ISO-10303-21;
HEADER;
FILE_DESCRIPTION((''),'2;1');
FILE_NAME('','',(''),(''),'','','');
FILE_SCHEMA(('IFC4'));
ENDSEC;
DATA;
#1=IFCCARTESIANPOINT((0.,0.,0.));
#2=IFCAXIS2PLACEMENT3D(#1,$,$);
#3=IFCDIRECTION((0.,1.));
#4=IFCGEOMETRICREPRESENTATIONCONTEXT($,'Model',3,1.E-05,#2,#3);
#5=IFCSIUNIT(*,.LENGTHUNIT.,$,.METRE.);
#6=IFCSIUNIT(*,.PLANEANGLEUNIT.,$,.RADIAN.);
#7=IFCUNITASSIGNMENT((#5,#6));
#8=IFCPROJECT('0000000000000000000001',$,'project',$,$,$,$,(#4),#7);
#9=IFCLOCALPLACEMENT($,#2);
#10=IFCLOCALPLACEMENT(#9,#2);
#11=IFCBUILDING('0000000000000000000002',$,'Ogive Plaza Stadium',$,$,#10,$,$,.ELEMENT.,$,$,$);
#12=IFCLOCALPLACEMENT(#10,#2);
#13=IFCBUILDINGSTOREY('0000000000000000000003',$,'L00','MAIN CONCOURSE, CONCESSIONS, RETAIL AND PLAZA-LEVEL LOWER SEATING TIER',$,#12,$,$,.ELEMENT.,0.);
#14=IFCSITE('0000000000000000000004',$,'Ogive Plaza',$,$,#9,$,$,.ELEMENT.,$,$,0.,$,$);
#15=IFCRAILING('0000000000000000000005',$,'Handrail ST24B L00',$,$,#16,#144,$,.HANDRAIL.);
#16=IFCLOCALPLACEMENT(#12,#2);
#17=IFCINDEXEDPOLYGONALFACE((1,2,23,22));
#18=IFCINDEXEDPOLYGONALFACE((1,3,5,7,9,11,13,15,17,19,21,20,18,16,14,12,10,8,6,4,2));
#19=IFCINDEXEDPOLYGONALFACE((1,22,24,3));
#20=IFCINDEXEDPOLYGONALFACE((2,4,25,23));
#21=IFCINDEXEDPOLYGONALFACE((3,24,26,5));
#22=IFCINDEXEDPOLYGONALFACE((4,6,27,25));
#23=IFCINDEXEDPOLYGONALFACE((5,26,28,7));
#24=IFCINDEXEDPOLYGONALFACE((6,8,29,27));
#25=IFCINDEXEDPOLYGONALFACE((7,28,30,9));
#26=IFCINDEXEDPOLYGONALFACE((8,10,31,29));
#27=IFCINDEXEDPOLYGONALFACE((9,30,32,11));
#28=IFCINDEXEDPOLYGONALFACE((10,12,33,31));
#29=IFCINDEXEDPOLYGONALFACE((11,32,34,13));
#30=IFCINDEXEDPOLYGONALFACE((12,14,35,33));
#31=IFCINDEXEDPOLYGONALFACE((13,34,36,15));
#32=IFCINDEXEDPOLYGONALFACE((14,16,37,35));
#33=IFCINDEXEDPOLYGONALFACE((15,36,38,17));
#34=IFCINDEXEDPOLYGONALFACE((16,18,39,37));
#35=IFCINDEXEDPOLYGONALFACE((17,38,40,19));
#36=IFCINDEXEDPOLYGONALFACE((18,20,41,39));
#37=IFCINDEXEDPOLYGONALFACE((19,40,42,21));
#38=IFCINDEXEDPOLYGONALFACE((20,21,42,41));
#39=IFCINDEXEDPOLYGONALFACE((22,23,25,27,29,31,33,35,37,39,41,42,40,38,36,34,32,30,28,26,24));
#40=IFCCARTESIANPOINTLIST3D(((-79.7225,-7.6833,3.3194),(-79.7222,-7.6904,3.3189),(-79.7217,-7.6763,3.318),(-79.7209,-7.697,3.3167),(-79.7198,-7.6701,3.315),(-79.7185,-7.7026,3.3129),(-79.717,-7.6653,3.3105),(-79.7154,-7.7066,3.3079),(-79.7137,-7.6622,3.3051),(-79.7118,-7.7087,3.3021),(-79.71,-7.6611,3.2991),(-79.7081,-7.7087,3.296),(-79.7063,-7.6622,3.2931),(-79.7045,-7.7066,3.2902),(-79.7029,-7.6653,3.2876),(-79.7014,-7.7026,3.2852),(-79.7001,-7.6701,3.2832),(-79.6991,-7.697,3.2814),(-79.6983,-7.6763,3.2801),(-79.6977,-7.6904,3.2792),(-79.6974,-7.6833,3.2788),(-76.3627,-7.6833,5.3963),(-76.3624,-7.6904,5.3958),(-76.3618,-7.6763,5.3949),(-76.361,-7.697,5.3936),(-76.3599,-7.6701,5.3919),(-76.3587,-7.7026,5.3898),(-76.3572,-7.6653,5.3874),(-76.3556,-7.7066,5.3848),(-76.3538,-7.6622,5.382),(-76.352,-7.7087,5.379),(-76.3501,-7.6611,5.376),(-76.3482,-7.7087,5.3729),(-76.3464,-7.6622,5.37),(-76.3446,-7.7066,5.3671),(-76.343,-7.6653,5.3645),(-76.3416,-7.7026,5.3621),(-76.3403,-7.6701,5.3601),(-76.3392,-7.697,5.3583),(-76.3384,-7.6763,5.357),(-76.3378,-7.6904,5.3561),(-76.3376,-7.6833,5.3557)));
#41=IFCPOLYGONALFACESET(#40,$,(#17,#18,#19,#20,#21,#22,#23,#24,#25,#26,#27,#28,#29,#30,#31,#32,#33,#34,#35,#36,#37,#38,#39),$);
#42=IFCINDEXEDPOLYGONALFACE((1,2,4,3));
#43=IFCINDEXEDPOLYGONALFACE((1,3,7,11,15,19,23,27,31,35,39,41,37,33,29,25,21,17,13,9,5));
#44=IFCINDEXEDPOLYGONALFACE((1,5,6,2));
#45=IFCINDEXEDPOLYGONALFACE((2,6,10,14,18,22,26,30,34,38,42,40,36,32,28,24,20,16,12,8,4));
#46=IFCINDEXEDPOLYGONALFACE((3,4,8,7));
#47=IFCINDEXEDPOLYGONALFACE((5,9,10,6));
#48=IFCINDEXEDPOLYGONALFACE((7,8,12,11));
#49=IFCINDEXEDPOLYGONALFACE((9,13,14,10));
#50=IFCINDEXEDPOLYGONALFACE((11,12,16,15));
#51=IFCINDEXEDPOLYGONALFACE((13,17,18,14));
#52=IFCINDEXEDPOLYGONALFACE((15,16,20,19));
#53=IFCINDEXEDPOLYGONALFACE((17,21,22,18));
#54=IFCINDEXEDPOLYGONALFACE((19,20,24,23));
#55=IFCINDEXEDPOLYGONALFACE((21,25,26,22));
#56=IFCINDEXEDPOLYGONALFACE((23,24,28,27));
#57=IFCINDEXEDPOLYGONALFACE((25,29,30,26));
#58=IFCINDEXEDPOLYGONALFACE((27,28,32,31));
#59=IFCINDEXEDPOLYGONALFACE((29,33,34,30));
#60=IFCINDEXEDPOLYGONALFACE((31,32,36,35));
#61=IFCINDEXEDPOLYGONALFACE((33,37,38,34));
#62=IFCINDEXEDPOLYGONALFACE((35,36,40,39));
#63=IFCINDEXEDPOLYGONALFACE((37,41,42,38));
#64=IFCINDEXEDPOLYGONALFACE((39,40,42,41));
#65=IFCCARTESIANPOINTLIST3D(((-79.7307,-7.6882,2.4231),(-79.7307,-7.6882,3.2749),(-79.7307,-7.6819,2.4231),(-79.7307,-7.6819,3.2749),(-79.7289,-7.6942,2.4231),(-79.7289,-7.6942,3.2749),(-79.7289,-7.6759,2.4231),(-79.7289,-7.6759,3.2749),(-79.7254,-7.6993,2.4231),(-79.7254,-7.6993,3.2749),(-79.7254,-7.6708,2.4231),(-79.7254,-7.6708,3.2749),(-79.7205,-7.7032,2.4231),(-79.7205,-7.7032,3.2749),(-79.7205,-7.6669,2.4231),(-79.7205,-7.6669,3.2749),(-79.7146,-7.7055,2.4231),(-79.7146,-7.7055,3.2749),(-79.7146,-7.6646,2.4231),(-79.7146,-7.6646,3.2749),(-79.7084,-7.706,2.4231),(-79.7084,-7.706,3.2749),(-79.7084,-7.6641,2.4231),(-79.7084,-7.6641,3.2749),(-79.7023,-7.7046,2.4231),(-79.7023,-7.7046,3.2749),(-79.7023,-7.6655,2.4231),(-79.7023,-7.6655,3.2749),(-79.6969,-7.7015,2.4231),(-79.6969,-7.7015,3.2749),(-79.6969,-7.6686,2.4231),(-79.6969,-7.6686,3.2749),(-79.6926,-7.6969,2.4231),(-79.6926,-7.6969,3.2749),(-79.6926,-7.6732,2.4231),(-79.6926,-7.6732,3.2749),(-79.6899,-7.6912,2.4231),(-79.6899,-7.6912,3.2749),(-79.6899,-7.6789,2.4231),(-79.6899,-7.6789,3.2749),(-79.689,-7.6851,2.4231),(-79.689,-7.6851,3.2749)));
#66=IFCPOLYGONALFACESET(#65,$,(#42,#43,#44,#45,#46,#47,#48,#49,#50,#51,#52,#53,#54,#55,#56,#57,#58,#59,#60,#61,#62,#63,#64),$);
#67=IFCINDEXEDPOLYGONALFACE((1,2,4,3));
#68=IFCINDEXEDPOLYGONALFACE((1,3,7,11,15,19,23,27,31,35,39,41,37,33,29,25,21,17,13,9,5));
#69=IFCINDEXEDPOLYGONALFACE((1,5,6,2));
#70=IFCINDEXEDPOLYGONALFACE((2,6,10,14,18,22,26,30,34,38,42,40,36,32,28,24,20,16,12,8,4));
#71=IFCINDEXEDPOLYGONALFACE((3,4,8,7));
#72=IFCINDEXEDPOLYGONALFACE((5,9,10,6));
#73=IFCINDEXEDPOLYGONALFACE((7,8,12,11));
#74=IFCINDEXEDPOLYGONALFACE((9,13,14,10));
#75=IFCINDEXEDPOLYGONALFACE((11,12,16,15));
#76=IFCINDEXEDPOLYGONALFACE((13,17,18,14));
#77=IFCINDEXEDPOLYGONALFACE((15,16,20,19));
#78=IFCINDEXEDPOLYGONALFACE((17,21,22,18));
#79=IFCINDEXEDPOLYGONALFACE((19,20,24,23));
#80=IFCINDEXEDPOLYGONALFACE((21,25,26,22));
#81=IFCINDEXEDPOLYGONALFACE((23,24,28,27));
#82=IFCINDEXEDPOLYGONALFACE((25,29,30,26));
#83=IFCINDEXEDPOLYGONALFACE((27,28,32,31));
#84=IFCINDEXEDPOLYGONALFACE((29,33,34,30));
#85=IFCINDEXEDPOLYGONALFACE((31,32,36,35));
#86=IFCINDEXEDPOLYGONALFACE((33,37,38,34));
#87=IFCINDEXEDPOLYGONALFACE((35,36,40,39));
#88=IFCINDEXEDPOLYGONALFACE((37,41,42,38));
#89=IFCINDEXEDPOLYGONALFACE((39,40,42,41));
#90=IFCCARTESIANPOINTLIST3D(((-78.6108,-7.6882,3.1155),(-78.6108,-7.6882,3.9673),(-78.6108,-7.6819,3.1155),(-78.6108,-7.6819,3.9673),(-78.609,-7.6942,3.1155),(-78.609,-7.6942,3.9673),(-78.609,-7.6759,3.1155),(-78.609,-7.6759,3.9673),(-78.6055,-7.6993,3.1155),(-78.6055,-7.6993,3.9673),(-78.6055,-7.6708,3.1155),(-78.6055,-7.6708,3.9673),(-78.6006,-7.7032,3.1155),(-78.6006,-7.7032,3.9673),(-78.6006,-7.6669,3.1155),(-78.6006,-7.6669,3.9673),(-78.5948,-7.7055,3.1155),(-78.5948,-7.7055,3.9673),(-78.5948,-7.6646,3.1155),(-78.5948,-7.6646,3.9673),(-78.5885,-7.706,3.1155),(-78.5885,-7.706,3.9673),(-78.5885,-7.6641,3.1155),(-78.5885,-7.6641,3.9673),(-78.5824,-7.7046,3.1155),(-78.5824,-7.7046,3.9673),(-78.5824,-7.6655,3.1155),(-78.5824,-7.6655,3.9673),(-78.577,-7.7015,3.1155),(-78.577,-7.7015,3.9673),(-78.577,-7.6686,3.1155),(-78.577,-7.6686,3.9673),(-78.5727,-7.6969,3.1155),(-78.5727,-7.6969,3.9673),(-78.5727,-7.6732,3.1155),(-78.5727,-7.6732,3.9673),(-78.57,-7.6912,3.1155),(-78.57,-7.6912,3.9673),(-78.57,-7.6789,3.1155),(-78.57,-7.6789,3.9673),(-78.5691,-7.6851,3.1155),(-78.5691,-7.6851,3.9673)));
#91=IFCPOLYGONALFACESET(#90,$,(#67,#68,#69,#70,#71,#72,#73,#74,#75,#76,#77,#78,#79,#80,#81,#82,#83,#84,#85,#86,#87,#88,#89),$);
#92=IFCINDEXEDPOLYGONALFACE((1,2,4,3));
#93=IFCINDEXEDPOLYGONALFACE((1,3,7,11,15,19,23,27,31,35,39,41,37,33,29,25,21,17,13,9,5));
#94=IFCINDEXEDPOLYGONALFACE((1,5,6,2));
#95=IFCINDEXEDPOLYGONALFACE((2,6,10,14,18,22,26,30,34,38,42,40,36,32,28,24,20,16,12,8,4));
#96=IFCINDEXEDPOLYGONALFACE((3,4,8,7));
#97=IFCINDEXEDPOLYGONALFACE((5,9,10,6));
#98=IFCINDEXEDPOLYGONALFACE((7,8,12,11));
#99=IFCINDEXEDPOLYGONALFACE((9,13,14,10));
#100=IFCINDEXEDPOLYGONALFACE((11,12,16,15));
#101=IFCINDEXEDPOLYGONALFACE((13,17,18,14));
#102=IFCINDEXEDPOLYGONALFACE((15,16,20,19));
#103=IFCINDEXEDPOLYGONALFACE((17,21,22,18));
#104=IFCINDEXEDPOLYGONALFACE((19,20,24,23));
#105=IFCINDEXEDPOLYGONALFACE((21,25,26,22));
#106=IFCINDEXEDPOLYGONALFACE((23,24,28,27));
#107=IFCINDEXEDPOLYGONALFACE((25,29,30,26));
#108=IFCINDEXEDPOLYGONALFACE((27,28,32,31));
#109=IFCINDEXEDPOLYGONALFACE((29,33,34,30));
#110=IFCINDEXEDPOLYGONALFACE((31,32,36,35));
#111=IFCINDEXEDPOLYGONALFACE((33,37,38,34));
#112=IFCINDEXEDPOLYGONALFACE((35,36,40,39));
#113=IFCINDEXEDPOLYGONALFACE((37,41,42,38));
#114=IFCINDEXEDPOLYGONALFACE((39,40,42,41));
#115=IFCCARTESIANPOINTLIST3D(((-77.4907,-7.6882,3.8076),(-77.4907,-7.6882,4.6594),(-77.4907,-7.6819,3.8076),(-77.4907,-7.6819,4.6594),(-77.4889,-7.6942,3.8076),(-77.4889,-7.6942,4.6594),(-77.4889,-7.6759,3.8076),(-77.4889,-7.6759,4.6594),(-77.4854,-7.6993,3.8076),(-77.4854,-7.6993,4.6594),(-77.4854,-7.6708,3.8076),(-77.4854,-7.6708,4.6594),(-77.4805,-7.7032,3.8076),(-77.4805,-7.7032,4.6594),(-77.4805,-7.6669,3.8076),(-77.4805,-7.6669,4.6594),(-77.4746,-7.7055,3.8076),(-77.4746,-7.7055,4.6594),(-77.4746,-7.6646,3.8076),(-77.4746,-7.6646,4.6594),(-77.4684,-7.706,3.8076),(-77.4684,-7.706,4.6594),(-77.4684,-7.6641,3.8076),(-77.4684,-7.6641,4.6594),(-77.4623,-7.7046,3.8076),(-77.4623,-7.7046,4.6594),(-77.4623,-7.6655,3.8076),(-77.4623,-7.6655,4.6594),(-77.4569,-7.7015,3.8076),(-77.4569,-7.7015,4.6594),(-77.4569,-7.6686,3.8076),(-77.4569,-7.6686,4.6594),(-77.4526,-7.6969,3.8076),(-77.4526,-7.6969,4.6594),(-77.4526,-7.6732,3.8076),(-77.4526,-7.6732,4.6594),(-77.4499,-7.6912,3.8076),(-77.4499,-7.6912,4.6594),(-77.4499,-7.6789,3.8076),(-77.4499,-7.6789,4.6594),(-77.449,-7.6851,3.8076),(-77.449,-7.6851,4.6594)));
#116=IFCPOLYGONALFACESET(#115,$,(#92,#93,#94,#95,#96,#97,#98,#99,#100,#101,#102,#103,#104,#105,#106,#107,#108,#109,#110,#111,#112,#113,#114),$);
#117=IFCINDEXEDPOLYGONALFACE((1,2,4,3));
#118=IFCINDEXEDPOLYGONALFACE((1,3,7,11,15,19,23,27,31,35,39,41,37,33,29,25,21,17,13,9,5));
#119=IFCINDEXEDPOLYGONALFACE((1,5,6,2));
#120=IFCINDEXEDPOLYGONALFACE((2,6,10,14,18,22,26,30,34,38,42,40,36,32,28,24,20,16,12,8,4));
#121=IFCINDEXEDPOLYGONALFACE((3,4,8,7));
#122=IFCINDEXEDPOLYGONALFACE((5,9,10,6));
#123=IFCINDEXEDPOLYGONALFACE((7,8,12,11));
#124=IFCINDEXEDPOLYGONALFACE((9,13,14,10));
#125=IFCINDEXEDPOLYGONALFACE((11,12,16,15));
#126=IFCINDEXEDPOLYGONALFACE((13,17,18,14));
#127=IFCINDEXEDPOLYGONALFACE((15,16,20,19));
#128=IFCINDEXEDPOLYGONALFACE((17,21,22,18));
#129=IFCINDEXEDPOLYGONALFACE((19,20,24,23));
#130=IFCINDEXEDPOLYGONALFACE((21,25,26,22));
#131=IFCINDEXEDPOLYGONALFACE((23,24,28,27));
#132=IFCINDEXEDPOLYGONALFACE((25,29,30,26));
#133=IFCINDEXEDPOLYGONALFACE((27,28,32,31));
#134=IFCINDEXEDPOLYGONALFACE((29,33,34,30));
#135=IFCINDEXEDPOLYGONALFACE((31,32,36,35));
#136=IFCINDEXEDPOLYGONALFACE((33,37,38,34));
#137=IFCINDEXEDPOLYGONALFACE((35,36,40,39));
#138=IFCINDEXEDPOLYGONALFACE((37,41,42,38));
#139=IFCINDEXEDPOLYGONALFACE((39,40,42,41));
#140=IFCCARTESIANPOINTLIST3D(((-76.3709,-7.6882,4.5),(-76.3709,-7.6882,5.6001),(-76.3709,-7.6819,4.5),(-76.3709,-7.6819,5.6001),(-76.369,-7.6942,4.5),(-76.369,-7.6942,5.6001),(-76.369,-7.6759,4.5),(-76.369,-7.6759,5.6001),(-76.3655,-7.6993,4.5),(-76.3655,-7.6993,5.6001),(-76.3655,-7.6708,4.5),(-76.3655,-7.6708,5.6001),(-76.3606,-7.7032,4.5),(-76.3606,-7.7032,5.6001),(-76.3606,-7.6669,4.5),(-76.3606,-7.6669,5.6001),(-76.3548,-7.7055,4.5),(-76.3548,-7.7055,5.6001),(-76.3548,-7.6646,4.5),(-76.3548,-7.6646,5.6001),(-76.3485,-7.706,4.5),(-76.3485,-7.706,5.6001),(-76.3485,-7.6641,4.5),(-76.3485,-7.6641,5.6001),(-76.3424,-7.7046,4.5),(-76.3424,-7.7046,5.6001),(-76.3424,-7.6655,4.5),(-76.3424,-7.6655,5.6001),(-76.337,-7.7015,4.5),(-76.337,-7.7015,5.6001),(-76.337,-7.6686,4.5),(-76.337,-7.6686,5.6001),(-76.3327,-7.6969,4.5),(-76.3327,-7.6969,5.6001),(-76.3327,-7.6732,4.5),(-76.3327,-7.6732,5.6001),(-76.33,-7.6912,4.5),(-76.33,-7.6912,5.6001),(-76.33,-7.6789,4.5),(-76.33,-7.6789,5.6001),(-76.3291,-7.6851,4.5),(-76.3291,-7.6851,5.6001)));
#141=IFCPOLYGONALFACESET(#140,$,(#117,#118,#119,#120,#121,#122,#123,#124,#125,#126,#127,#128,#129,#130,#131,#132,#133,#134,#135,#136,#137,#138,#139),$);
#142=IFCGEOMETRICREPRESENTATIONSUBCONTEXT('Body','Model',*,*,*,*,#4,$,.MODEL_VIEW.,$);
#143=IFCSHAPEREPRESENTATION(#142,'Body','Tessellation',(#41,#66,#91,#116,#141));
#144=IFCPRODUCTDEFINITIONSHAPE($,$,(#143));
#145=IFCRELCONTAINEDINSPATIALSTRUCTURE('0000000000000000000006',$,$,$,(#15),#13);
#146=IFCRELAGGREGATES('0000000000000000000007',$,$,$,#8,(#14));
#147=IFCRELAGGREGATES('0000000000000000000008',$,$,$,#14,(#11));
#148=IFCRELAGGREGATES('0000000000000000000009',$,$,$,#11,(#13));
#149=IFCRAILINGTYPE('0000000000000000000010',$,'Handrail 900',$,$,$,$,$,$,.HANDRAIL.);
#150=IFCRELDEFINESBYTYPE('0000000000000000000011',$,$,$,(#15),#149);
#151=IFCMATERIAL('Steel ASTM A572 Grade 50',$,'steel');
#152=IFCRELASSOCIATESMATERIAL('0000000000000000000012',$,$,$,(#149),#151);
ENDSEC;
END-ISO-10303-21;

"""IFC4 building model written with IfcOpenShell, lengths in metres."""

from ifc_helpers import new_model, si_unit, direction, frame, origin, origin_2d, place, context, subcontext, project, spatial, circle, extrude, material, type_object, element, save


model = new_model("IFC4")

# Units and contexts
model_context = context("Model", 3, precision=1e-05, world=origin(), true_north=direction((0.0, 1.0)))
body_context = subcontext(model_context, "Body", "Model", "MODEL_VIEW")
ifc_project = project(units=[si_unit("LENGTHUNIT", "METRE"), si_unit("PLANEANGLEUNIT", "RADIAN")], contexts=[model_context])

# Site, building, storey
site_placement = place(None, origin())
site = spatial("IfcSite", under=ifc_project, at=site_placement, Name="Ogive Plaza", CompositionType="ELEMENT", RefElevation=0.0)
building_placement = place(site_placement, origin())
building = spatial("IfcBuilding", under=site, at=building_placement, Name="Ogive Plaza Stadium", CompositionType="ELEMENT")
storey_placement = place(building_placement, origin())
storey = spatial("IfcBuildingStorey", under=building, at=storey_placement, Name="L00", Description="MAIN CONCOURSE, CONCESSIONS, RETAIL AND PLAZA-LEVEL LOWER SEATING TIER", CompositionType="ELEMENT", Elevation=0.0)

# Railing
ifc_material_1 = material(Name="Steel ASTM A572 Grade 50", Category="steel")
railing_type_1 = type_object("IfcRailingType", Name="Handrail 900", PredefinedType="HANDRAIL", material=ifc_material_1)
for number, where, name in (
    (1, (-79.71, -7.6851, 2.4231), "Handrail ST24B L00"),
):
    element("IfcRailing", number, at=place(storey_placement, frame(where)), inside=storey, type_object=railing_type_1, Name=name, PredefinedType="HANDRAIL", context=body_context, shape_type="SweptSolid", body=[
        extrude(circle(Radius=0.0239, at=origin_2d()), frame((0.0, 0.0, 0.876), z_axis=(0.850606, 0.0, 0.525803), x_axis=(0.0, 1.0, 0.0)), (0.0, 0.0, 1.0), 3.95),
        extrude(circle(Radius=0.021, at=origin_2d()), origin(), (0.0, 0.0, 1.0), 0.8518),
        extrude(circle(Radius=0.021, at=origin_2d()), frame((1.1199, 0.0, 0.6924)), (0.0, 0.0, 1.0), 0.8518),
        extrude(circle(Radius=0.021, at=origin_2d()), frame((2.24, 0.0, 1.3845)), (0.0, 0.0, 1.0), 0.8518),
        extrude(circle(Radius=0.021, at=origin_2d()), frame((3.3599, 0.0, 2.0769)), (0.0, 0.0, 1.0), 1.1001),
    ])

save(model, "model.ifc")
